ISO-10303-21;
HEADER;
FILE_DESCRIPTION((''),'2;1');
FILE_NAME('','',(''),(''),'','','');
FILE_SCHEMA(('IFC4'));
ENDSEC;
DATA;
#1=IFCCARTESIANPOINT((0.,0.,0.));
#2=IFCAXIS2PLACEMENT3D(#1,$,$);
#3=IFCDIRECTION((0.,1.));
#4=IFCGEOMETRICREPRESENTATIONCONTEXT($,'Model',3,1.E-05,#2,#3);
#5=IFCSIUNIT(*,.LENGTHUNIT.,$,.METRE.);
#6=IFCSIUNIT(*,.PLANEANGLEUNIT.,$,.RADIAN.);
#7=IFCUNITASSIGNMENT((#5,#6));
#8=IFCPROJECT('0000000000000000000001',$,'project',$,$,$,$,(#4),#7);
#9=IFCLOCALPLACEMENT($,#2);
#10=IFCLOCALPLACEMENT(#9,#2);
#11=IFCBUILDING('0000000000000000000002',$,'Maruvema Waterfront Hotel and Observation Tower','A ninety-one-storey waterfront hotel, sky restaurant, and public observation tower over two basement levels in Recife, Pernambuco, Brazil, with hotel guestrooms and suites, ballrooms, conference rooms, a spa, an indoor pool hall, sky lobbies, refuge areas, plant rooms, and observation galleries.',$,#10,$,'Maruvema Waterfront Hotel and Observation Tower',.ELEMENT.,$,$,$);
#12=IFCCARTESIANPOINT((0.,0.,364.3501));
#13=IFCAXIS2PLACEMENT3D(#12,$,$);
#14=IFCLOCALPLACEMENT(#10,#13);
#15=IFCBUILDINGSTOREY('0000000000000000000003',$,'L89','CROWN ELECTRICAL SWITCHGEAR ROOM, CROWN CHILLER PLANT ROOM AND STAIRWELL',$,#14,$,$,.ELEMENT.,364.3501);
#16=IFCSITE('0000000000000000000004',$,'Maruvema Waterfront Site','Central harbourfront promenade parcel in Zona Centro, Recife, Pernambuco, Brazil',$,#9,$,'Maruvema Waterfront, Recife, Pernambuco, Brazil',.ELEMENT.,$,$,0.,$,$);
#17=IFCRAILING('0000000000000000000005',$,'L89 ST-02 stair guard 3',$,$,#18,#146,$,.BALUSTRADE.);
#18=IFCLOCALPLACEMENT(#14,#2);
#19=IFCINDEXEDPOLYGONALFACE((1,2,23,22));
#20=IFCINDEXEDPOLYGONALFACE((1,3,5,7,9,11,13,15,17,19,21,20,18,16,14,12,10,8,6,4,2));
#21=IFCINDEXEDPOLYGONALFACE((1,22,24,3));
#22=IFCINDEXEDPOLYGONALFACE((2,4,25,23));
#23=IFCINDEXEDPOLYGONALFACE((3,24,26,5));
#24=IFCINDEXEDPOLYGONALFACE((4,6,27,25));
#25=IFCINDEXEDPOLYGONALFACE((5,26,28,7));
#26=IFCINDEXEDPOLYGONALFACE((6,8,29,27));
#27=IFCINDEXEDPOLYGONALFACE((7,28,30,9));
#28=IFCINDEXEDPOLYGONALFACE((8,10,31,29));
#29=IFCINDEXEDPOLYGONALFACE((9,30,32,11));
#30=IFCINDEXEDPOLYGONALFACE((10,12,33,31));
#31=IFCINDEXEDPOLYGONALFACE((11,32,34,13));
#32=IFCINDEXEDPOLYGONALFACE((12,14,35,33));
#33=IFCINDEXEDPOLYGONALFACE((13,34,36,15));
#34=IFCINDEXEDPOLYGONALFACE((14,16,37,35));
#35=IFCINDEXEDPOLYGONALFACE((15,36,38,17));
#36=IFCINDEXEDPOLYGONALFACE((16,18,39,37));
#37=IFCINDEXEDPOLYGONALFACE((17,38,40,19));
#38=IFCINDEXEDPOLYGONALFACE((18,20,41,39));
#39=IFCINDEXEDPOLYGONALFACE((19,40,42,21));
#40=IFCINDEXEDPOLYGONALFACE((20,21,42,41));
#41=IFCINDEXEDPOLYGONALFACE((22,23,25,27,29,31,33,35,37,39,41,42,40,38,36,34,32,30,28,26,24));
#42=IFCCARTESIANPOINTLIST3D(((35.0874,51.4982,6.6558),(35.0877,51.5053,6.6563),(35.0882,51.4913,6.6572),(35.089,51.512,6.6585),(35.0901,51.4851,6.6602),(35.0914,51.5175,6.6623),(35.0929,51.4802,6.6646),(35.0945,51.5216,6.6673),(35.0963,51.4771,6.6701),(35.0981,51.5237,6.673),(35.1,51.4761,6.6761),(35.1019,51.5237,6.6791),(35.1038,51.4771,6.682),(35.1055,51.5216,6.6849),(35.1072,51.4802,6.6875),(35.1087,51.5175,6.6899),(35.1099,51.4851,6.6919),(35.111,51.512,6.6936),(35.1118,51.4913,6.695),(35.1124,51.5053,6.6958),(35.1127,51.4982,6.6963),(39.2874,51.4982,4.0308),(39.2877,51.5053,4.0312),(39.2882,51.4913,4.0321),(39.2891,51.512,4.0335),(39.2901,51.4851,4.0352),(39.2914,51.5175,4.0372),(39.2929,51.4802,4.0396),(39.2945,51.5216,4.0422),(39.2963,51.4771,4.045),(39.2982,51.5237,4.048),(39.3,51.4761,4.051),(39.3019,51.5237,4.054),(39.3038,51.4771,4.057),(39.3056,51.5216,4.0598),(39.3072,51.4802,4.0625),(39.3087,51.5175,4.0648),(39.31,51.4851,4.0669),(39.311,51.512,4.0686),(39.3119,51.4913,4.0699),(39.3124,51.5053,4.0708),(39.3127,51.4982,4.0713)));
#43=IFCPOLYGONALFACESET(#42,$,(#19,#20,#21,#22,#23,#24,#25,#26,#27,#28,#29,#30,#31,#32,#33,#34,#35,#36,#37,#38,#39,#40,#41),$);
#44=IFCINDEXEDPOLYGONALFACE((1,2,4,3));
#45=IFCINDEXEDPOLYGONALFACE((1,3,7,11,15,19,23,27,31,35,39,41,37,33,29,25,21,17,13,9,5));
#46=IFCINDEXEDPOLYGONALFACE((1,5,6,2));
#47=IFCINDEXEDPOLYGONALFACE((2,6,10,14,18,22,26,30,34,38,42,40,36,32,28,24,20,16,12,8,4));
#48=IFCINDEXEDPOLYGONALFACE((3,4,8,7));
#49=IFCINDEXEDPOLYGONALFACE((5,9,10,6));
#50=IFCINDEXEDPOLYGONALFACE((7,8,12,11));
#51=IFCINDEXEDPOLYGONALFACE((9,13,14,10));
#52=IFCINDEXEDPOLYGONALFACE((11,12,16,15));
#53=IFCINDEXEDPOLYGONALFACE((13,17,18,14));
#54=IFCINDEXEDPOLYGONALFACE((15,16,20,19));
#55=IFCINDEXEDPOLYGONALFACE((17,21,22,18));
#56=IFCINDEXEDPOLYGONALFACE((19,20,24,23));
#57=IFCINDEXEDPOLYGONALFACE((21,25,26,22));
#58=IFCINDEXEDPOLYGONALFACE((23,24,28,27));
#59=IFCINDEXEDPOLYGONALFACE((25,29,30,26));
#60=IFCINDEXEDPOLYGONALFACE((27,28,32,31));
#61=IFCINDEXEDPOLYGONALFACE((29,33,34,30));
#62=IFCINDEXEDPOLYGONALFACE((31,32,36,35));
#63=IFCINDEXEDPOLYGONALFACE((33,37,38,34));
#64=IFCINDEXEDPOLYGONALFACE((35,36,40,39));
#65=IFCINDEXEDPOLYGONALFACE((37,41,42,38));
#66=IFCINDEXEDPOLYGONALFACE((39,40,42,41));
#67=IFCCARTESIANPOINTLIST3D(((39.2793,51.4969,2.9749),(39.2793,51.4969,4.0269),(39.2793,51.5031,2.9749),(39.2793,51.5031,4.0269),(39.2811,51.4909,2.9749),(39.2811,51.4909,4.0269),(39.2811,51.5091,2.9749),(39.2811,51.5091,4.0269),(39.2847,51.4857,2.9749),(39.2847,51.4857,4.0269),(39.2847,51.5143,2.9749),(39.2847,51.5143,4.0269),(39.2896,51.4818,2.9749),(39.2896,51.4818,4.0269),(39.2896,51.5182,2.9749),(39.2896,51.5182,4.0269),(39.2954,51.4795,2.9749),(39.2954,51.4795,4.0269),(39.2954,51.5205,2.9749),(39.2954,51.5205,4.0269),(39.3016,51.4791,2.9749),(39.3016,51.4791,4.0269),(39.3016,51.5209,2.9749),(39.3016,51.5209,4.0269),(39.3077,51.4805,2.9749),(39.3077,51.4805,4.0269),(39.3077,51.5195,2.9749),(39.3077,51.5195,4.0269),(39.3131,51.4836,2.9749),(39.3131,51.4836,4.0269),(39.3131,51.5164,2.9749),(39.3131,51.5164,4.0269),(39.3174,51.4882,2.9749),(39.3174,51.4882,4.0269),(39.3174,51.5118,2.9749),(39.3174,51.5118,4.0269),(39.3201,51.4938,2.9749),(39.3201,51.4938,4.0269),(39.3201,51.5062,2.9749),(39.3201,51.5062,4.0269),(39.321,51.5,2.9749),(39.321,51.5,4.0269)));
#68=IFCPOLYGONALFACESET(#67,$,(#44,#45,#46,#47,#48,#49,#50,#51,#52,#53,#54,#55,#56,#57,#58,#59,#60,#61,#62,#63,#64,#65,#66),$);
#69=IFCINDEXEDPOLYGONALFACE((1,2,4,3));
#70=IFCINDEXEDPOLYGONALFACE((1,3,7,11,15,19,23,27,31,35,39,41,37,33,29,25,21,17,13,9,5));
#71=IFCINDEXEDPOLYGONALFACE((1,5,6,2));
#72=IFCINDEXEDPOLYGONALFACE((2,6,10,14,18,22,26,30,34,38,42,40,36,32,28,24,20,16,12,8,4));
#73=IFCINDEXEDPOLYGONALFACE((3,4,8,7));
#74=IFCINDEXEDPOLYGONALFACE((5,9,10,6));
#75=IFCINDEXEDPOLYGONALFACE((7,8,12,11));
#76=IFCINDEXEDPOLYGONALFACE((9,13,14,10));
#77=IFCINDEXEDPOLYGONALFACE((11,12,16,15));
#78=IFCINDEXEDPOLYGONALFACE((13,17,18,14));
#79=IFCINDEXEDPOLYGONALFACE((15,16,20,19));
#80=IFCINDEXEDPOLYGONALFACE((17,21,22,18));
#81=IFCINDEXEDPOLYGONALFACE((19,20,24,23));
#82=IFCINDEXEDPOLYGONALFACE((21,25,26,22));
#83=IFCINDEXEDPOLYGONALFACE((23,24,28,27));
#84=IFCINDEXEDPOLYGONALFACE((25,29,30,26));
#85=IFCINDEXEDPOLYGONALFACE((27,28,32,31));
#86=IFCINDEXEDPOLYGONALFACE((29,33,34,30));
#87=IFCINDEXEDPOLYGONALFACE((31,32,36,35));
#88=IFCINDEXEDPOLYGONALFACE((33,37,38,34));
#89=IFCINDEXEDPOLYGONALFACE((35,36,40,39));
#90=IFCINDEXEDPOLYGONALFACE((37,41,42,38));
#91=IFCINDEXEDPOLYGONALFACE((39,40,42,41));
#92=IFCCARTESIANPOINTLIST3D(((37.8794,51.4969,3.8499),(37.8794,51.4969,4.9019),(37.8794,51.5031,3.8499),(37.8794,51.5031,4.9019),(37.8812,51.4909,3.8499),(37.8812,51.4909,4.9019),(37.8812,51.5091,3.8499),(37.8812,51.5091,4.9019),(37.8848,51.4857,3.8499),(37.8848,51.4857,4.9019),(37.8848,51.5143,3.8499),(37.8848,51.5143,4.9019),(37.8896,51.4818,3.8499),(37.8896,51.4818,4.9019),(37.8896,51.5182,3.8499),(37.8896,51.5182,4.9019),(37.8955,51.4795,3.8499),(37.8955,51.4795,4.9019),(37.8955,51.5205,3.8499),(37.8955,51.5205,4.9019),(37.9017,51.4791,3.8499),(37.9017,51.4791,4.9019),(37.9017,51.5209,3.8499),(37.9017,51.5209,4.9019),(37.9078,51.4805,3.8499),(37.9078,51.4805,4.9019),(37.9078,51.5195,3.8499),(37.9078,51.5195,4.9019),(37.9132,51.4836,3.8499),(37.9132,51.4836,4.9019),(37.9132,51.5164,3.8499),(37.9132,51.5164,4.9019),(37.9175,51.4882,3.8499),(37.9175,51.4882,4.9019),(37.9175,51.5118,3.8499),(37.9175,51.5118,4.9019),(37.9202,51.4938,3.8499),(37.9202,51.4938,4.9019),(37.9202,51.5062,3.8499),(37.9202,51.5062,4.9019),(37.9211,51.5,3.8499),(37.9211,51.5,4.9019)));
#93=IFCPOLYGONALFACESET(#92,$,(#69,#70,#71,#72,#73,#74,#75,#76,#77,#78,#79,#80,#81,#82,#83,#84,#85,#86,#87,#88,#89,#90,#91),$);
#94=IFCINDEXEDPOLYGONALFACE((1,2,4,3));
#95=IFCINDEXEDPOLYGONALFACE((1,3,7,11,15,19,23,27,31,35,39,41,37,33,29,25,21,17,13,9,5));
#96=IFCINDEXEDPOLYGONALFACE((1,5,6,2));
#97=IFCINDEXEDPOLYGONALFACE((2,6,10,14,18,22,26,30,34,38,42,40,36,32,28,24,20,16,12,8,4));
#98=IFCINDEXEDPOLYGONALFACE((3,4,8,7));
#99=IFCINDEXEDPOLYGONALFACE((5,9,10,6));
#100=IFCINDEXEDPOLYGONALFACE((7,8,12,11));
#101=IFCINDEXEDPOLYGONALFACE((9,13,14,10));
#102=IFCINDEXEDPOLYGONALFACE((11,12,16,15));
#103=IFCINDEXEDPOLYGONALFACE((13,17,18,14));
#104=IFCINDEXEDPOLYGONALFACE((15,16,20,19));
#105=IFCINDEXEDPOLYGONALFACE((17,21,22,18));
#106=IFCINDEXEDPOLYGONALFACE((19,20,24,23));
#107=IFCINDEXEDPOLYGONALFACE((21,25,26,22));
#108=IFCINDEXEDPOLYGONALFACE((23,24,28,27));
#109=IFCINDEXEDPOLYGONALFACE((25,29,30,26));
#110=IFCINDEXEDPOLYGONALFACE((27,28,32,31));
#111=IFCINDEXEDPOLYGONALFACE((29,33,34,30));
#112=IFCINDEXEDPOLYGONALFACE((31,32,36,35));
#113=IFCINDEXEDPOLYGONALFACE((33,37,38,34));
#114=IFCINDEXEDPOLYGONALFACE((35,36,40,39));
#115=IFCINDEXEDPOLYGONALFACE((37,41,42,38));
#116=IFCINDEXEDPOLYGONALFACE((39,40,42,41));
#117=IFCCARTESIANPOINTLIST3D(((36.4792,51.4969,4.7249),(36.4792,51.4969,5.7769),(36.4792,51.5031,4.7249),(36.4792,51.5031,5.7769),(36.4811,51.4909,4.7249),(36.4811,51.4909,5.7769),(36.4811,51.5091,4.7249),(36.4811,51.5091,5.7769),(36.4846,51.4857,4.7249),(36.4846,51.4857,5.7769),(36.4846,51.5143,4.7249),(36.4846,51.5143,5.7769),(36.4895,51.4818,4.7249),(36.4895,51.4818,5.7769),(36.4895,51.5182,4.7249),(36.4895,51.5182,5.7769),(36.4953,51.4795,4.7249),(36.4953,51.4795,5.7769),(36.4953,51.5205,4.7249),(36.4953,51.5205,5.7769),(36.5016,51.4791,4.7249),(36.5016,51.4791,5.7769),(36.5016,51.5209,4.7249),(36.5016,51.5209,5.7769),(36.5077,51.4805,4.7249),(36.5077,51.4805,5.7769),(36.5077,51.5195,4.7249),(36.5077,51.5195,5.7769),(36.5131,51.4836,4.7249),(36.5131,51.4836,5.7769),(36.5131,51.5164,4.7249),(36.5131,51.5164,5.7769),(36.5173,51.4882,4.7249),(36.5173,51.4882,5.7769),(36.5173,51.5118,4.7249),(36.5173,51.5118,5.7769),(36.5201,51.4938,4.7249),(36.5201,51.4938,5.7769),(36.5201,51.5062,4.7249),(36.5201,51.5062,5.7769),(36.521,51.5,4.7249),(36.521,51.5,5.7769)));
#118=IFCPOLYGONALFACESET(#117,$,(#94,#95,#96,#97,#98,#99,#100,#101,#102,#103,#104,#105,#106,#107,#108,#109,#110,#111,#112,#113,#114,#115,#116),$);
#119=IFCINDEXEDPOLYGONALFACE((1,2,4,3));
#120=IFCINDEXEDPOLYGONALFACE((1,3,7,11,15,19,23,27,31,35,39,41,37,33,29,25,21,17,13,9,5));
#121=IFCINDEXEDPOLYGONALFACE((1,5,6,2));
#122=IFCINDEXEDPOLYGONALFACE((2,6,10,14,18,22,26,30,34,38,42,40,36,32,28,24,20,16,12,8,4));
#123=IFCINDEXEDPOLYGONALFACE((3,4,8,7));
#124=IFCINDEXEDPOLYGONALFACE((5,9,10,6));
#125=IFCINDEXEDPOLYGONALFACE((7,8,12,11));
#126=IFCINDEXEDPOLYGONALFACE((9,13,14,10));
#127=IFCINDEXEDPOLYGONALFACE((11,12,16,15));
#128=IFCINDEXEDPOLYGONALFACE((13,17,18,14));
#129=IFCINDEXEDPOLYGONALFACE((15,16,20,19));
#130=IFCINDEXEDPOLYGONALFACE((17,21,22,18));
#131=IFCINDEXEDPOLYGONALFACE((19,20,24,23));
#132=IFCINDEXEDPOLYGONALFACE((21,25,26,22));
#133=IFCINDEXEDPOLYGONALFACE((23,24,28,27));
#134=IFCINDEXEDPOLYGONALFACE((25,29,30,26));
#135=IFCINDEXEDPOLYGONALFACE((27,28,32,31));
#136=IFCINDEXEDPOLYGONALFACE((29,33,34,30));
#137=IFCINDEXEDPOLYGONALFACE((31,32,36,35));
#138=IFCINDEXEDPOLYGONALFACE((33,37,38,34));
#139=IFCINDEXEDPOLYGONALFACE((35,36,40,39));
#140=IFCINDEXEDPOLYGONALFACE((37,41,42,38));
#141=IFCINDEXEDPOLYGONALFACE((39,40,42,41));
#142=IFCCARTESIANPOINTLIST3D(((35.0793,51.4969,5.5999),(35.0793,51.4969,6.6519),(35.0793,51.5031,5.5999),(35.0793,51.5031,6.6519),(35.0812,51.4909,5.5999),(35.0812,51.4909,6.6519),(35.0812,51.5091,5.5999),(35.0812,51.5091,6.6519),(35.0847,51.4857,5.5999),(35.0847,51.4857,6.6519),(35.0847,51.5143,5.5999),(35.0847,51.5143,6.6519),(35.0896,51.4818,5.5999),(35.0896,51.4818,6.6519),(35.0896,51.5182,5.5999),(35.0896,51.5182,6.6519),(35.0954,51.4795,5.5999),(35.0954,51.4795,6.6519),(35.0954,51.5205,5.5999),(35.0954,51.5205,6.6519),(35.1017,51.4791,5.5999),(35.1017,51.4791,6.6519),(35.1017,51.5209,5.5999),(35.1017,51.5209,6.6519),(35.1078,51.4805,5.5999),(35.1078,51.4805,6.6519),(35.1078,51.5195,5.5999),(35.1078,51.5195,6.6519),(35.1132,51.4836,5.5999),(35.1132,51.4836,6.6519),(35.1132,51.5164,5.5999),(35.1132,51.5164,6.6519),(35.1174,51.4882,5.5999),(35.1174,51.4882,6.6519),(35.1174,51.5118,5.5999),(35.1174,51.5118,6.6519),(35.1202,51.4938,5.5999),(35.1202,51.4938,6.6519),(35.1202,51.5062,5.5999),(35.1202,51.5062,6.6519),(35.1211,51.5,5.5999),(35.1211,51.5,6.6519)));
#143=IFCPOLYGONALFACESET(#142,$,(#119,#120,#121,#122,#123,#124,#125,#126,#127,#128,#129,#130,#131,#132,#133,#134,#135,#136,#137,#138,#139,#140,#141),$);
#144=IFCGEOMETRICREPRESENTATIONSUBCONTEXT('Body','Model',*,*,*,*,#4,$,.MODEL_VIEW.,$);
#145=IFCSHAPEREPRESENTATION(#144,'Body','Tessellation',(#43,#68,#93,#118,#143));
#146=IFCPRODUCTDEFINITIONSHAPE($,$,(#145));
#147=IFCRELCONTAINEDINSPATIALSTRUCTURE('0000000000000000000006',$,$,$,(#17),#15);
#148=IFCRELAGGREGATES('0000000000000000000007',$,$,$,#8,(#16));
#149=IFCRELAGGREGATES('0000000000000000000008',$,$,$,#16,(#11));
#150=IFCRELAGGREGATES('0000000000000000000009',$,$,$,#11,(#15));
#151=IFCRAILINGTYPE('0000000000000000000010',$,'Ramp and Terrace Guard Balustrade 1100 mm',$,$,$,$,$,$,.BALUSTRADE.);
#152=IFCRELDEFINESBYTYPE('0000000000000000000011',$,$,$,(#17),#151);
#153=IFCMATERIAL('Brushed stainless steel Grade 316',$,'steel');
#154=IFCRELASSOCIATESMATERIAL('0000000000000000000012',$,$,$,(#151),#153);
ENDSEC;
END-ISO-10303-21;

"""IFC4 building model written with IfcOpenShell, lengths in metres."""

from ifc_helpers import new_model, si_unit, direction, frame, origin, origin_2d, place, context, subcontext, project, spatial, circle, extrude, material, type_object, element, save


model = new_model("IFC4")

# Units and contexts
model_context = context("Model", 3, precision=1e-05, world=origin(), true_north=direction((0.0, 1.0)))
body_context = subcontext(model_context, "Body", "Model", "MODEL_VIEW")
ifc_project = project(units=[si_unit("LENGTHUNIT", "METRE"), si_unit("PLANEANGLEUNIT", "RADIAN")], contexts=[model_context])

# Site, building, storey
site_placement = place(None, origin())
site = spatial("IfcSite", under=ifc_project, at=site_placement, Name="Maruvema Waterfront Site", Description="Central harbourfront promenade parcel in Zona Centro, Recife, Pernambuco, Brazil", LongName="Maruvema Waterfront, Recife, Pernambuco, Brazil", CompositionType="ELEMENT", RefElevation=0.0)
building_placement = place(site_placement, origin())
building = spatial("IfcBuilding", under=site, at=building_placement, Name="Maruvema Waterfront Hotel and Observation Tower", Description="A ninety-one-storey waterfront hotel, sky restaurant, and public observation tower over two basement levels in Recife, Pernambuco, Brazil, with hotel guestrooms and suites, ballrooms, conference rooms, a spa, an indoor pool hall, sky lobbies, refuge areas, plant rooms, and observation galleries.", LongName="Maruvema Waterfront Hotel and Observation Tower", CompositionType="ELEMENT")
storey_placement = place(building_placement, frame((0.0, 0.0, 364.3501)))
storey = spatial("IfcBuildingStorey", under=building, at=storey_placement, Name="L89", Description="CROWN ELECTRICAL SWITCHGEAR ROOM, CROWN CHILLER PLANT ROOM AND STAIRWELL", CompositionType="ELEMENT", Elevation=364.3501)

# Railing
ifc_material_1 = material(Name="Brushed stainless steel Grade 316", Category="steel")
railing_type_1 = type_object("IfcRailingType", Name="Ramp and Terrace Guard Balustrade 1100 mm", PredefinedType="BALUSTRADE", material=ifc_material_1)
railing_1_placement = place(storey_placement, frame((39.3, 51.5, 2.9749)))
element("IfcRailing", 1, at=railing_1_placement, inside=storey, type_object=railing_type_1, Name="L89 ST-02 stair guard 3", PredefinedType="BALUSTRADE", context=body_context, shape_type="SweptSolid", body=[
    extrude(circle(Radius=0.0239, at=origin_2d()), frame((0.0, 0.0, 1.0762), z_axis=(-0.847996, 0.0, 0.530003), x_axis=(0.0, -1.0, 0.0)), (0.0, 0.0, 1.0), 4.9529),
    extrude(circle(Radius=0.021, at=origin_2d()), origin(), (0.0, 0.0, 1.0), 1.052),
    extrude(circle(Radius=0.021, at=origin_2d()), frame((-1.3999, 0.0, 0.875)), (0.0, 0.0, 1.0), 1.052),
    extrude(circle(Radius=0.021, at=origin_2d()), frame((-2.8, 0.0, 1.75)), (0.0, 0.0, 1.0), 1.052),
    extrude(circle(Radius=0.021, at=origin_2d()), frame((-4.2, 0.0, 2.625)), (0.0, 0.0, 1.0), 1.052),
])

save(model, "model.ifc")
